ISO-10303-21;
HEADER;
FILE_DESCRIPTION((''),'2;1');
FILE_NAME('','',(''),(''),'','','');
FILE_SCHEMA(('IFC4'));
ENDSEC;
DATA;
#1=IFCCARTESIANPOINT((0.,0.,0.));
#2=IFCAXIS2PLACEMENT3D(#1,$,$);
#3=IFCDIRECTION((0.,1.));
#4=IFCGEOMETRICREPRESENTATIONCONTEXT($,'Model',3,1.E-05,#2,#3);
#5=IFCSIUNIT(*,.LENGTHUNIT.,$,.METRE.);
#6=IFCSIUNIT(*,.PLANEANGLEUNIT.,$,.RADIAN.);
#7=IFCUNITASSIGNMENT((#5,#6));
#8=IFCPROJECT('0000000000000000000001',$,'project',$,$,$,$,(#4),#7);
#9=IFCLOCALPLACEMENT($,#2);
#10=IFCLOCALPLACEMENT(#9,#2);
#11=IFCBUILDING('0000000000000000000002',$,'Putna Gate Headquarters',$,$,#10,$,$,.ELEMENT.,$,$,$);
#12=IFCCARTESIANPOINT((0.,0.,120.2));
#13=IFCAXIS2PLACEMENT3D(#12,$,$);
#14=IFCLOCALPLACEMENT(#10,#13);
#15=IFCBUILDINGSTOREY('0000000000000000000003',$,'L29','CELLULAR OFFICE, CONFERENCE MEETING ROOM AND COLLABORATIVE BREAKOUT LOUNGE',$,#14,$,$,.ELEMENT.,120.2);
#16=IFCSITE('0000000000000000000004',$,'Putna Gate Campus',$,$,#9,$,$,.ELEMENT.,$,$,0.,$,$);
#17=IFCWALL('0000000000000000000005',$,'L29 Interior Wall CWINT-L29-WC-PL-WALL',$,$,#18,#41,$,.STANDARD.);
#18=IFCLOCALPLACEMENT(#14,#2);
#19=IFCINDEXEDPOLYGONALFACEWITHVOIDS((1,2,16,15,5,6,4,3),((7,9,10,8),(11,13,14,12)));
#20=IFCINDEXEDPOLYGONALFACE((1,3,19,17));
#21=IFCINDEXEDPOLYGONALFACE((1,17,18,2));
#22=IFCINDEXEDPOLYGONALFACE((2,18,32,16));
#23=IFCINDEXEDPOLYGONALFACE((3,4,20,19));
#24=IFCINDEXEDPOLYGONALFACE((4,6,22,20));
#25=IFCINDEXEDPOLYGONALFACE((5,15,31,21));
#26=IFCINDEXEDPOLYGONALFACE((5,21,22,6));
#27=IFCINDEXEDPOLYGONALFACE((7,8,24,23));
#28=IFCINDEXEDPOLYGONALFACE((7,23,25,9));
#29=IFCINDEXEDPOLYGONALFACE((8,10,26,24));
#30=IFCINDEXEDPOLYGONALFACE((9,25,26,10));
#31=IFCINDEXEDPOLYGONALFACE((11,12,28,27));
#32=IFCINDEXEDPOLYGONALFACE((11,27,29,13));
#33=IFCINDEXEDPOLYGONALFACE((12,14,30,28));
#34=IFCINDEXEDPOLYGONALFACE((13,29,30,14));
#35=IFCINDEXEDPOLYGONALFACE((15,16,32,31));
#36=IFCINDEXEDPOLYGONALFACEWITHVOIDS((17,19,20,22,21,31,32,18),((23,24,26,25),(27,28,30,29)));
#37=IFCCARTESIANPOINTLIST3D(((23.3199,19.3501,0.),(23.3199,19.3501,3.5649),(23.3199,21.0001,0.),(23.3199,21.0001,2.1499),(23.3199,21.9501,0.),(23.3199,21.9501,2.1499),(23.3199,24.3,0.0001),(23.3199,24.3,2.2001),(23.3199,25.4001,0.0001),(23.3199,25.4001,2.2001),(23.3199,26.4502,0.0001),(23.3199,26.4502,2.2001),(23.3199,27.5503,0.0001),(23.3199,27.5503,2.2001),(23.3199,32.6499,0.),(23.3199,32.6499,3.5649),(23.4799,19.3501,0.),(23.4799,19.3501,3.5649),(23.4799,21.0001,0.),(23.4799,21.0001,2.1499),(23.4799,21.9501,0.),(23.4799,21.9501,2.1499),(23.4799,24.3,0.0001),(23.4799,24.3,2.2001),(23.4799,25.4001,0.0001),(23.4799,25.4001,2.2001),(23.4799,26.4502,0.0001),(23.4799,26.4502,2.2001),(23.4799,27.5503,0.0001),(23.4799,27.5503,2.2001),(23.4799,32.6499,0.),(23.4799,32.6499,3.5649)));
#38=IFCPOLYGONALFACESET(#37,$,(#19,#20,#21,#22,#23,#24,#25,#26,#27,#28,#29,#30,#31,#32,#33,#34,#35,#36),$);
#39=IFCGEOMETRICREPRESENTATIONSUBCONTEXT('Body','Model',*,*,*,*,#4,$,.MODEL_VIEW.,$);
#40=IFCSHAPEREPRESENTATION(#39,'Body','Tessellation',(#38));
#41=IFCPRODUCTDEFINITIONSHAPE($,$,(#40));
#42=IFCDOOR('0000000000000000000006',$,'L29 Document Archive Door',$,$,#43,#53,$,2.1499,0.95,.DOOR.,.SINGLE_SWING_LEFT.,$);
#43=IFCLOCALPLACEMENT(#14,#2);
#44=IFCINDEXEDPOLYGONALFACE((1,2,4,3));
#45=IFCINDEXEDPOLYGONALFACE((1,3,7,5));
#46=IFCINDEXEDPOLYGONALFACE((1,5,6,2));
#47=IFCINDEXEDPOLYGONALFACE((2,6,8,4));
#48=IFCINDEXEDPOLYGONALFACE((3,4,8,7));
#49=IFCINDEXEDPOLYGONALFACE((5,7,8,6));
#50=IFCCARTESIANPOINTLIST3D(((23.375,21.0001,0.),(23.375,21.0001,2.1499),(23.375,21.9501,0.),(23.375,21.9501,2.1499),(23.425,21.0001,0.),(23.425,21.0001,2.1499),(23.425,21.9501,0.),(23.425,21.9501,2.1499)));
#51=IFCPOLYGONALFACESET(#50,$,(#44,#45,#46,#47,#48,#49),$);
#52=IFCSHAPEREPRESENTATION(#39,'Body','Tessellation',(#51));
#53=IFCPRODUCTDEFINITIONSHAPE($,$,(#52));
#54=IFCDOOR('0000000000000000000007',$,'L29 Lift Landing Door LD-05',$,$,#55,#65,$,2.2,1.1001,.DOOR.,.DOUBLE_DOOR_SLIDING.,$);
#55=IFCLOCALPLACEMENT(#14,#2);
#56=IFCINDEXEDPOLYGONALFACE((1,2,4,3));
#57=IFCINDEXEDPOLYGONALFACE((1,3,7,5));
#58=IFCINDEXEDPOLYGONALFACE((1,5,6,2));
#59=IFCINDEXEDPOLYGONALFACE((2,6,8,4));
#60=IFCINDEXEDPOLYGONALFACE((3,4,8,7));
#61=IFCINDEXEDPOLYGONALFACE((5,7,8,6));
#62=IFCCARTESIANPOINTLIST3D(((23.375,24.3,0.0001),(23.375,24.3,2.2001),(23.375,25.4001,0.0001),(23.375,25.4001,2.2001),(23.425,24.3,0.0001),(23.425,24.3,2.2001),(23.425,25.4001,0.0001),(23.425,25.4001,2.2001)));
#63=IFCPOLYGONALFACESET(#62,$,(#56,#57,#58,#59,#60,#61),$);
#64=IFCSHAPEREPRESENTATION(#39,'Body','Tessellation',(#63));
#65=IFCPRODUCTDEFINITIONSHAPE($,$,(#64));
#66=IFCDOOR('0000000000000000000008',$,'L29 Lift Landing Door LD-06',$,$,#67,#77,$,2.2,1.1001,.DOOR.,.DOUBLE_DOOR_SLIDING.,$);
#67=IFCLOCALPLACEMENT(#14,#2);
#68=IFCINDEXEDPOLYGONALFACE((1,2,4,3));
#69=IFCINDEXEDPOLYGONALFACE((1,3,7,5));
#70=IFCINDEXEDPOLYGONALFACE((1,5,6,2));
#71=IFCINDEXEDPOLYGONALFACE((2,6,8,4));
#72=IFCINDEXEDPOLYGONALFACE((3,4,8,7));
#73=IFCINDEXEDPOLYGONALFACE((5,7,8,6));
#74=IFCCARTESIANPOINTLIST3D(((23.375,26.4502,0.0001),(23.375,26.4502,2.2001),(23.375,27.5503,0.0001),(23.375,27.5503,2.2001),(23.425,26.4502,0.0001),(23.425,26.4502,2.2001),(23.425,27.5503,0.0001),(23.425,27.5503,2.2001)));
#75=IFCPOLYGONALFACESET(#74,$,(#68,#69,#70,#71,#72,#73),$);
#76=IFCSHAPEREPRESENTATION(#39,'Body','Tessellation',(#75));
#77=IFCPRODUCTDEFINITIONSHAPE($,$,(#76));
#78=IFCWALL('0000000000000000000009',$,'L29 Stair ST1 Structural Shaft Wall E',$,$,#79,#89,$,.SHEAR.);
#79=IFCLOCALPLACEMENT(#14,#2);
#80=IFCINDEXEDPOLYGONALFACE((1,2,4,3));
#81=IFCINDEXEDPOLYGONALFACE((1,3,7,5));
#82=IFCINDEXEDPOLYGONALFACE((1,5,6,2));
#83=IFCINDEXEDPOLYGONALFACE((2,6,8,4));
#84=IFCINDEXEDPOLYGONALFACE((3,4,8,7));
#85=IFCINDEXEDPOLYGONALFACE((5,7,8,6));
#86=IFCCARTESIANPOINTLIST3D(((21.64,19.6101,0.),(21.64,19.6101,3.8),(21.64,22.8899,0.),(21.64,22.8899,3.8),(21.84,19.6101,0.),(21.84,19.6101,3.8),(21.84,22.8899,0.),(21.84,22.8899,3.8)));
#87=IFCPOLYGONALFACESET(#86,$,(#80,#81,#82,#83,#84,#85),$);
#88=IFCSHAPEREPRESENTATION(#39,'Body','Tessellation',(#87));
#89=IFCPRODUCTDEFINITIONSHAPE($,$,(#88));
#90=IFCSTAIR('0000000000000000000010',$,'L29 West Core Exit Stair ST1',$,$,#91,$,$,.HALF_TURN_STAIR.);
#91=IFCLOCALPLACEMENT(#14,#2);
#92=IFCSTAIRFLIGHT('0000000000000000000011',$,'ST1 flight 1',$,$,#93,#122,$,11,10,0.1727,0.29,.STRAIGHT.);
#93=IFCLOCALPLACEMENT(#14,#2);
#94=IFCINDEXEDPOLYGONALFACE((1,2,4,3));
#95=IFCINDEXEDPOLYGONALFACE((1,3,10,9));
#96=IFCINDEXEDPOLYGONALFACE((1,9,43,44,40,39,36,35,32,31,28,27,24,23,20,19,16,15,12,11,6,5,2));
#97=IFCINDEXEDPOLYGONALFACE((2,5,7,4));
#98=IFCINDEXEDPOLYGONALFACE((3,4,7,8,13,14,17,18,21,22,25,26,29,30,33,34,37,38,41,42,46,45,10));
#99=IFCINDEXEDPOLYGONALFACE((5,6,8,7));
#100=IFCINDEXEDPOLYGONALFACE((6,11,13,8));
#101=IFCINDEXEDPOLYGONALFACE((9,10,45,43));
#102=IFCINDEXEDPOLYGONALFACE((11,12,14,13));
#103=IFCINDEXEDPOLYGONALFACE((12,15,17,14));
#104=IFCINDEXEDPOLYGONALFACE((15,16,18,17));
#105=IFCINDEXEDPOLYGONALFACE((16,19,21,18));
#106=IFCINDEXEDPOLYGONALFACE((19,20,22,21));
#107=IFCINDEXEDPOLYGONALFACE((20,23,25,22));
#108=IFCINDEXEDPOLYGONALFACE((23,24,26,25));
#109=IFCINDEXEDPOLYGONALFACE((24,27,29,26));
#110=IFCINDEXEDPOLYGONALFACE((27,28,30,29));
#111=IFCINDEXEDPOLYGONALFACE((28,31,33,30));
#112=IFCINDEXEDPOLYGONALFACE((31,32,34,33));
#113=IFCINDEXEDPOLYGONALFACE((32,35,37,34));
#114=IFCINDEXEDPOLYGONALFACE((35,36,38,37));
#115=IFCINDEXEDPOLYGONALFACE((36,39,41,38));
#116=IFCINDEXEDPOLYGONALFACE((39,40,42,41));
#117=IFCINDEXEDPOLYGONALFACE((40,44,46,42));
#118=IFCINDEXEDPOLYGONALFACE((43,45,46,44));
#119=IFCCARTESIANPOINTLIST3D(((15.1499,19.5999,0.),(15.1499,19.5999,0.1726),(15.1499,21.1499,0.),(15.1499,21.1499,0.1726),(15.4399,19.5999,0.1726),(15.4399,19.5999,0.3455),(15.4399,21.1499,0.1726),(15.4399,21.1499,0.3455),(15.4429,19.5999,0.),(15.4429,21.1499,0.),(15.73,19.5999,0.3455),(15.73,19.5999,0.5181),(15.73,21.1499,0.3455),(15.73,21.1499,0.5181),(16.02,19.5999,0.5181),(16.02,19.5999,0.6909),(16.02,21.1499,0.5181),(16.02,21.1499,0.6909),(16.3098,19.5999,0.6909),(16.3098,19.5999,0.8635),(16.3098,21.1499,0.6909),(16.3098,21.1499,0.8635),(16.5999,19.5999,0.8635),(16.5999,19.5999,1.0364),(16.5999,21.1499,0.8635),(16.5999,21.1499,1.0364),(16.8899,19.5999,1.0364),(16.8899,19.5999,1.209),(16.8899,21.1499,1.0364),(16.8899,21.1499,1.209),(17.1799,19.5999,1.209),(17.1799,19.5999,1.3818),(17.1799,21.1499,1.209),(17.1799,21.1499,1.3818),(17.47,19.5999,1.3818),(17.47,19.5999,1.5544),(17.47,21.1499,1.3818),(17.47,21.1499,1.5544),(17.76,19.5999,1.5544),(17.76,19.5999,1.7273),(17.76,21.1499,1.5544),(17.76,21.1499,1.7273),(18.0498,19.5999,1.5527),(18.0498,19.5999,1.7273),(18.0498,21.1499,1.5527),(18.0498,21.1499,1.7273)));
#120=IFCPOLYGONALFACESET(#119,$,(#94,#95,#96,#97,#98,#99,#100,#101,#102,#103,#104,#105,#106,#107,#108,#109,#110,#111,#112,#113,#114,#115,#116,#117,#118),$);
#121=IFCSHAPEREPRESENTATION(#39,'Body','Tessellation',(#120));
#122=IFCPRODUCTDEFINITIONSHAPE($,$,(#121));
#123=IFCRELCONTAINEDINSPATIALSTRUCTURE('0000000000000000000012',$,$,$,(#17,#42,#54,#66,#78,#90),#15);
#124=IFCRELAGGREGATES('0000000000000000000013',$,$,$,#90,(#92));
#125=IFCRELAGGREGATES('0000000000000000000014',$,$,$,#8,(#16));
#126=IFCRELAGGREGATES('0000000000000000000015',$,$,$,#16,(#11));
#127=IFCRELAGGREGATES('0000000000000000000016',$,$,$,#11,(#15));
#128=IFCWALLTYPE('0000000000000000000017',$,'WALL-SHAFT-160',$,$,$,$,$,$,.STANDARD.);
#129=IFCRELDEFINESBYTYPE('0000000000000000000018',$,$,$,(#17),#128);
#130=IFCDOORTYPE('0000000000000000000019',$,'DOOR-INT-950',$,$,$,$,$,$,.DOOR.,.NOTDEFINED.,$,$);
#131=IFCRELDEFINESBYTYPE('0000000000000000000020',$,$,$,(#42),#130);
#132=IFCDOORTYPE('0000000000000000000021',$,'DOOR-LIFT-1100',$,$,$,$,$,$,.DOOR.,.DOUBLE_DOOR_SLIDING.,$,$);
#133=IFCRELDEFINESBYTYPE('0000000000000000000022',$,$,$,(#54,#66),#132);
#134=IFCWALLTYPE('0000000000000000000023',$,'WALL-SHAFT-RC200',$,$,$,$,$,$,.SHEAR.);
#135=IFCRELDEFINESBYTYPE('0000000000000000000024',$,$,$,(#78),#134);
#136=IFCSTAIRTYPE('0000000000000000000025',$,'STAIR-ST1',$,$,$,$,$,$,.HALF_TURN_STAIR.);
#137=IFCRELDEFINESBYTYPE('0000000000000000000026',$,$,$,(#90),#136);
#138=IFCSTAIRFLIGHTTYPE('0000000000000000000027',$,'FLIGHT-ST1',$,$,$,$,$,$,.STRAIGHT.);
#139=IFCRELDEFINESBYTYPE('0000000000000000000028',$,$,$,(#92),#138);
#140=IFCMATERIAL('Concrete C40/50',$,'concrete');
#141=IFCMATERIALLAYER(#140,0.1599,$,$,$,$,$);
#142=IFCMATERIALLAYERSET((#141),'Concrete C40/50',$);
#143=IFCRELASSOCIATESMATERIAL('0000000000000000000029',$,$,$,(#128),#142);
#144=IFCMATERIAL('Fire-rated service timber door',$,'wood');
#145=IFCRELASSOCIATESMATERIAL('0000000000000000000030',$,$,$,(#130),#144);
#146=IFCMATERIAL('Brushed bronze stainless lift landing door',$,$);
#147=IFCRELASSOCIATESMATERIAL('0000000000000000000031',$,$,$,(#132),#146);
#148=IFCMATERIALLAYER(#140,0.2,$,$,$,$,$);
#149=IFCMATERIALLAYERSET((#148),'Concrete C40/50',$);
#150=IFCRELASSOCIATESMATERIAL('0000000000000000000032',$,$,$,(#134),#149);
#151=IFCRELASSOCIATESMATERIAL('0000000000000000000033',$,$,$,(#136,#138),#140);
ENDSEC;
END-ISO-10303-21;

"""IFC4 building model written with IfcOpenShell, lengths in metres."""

from ifc_helpers import new_model, si_unit, direction, frame, frame_2d, origin, place, context, subcontext, project, spatial, polyline, rectangle, outline, extrude, material, layer, layer_set, type_object, element, fill, aggregate, save


model = new_model("IFC4")

# Units and contexts
model_context = context("Model", 3, precision=1e-05, world=origin(), true_north=direction((0.0, 1.0)))
body_context = subcontext(model_context, "Body", "Model", "MODEL_VIEW")
ifc_project = project(units=[si_unit("LENGTHUNIT", "METRE"), si_unit("PLANEANGLEUNIT", "RADIAN")], contexts=[model_context])

# Site, building, storey
site_placement = place(None, origin())
site = spatial("IfcSite", under=ifc_project, at=site_placement, Name="Putna Gate Campus", CompositionType="ELEMENT", RefElevation=0.0)
building_placement = place(site_placement, origin())
building = spatial("IfcBuilding", under=site, at=building_placement, Name="Putna Gate Headquarters", CompositionType="ELEMENT")
storey_placement = place(building_placement, frame((0.0, 0.0, 120.2)))
storey = spatial("IfcBuildingStorey", under=building, at=storey_placement, Name="L29", Description="CELLULAR OFFICE, CONFERENCE MEETING ROOM AND COLLABORATIVE BREAKOUT LOUNGE", CompositionType="ELEMENT", Elevation=120.2)

# Wall, openings, doors
ifc_material_1 = material(Name="Concrete C40/50", Category="concrete")
ifc_layer_1 = layer(ifc_material_1, 0.1599)
ifc_layer_set_1 = layer_set([ifc_layer_1], Name="Concrete C40/50")
wall_type_1 = type_object("IfcWallType", Name="WALL-SHAFT-160", PredefinedType="STANDARD", material=ifc_layer_set_1)
wall_1_placement = place(storey_placement, frame((23.3999, 19.3501, 0.0), z_axis=(0.0, 0.0, 1.0), x_axis=(0.0, 1.0, 0.0)))
wall_1 = element("IfcWall", 1, at=wall_1_placement, inside=storey, type_object=wall_type_1, Name="L29 Interior Wall CWINT-L29-WC-PL-WALL", PredefinedType="STANDARD", context=body_context, shape_type="SweptSolid", body=[
    extrude(rectangle(XDim=13.2998, YDim=0.1599, at=frame_2d((6.6499, 0.0))), origin(), (0.0, 0.0, 1.0), 3.5649),
])
opening_1_placement = place(wall_1_placement, frame((1.6499, 0.0, 0.0)))
opening_1 = element("IfcOpeningElement", 2, at=opening_1_placement, cuts=wall_1, PredefinedType="OPENING", context=body_context, shape_type="SweptSolid", body=[
    extrude(rectangle(XDim=0.95, YDim=2.1499, at=frame_2d((0.4751, 1.075))), frame((0.0, 0.0898, 0.0), z_axis=(0.0, -1.0, 0.0), x_axis=(1.0, 0.0, 0.0)), (0.0, 0.0, 1.0), 0.1799),
])
opening_2_placement = place(wall_1_placement, frame((4.95, 0.0, 0.0)))
opening_2 = element("IfcOpeningElement", 3, at=opening_2_placement, cuts=wall_1, PredefinedType="OPENING", context=body_context, shape_type="SweptSolid", body=[
    extrude(rectangle(XDim=1.1001, YDim=2.2, at=frame_2d((0.55, 1.1001))), frame((0.0, 0.0898, 0.0), z_axis=(0.0, -1.0, 0.0), x_axis=(1.0, 0.0, 0.0)), (0.0, 0.0, 1.0), 0.1799),
])
opening_3_placement = place(wall_1_placement, frame((7.1001, 0.0, 0.0)))
opening_3 = element("IfcOpeningElement", 4, at=opening_3_placement, cuts=wall_1, PredefinedType="OPENING", context=body_context, shape_type="SweptSolid", body=[
    extrude(rectangle(XDim=1.1001, YDim=2.2, at=frame_2d((0.55, 1.1001))), frame((0.0, 0.0898, 0.0), z_axis=(0.0, -1.0, 0.0), x_axis=(1.0, 0.0, 0.0)), (0.0, 0.0, 1.0), 0.1799),
])
ifc_material_2 = material(Name="Fire-rated service timber door", Category="wood")
door_type_1 = type_object("IfcDoorType", Name="DOOR-INT-950", OperationType="NOTDEFINED", PredefinedType="DOOR", material=ifc_material_2)
door_1_placement = place(opening_1_placement, origin())
door_1 = element("IfcDoor", 5, at=door_1_placement, inside=storey, type_object=door_type_1, Name="L29 Document Archive Door", OperationType="SINGLE_SWING_LEFT", OverallHeight=2.1499, OverallWidth=0.95, PredefinedType="DOOR", context=body_context, shape_type="SweptSolid", body=[
    extrude(rectangle(XDim=0.95, YDim=2.1499, at=frame_2d((0.4751, 1.075))), frame((0.0, 0.0249, 0.0), z_axis=(0.0, -1.0, 0.0), x_axis=(1.0, 0.0, 0.0)), (0.0, 0.0, 1.0), 0.05),
])
fill(opening_1, door_1)
ifc_material_3 = material(Name="Brushed bronze stainless lift landing door")
door_type_2 = type_object("IfcDoorType", Name="DOOR-LIFT-1100", OperationType="DOUBLE_DOOR_SLIDING", PredefinedType="DOOR", material=ifc_material_3)
door_2_placement = place(opening_2_placement, origin())
door_2 = element("IfcDoor", 6, at=door_2_placement, inside=storey, type_object=door_type_2, Name="L29 Lift Landing Door LD-05", OperationType="DOUBLE_DOOR_SLIDING", OverallHeight=2.2, OverallWidth=1.1001, PredefinedType="DOOR", context=body_context, shape_type="SweptSolid", body=[
    extrude(rectangle(XDim=1.1001, YDim=2.2, at=frame_2d((0.55, 1.1001))), frame((0.0, 0.0249, 0.0), z_axis=(0.0, -1.0, 0.0), x_axis=(1.0, 0.0, 0.0)), (0.0, 0.0, 1.0), 0.05),
])
fill(opening_2, door_2)
door_3_placement = place(opening_3_placement, origin())
door_3 = element("IfcDoor", 7, at=door_3_placement, inside=storey, type_object=door_type_2, Name="L29 Lift Landing Door LD-06", OperationType="DOUBLE_DOOR_SLIDING", OverallHeight=2.2, OverallWidth=1.1001, PredefinedType="DOOR", context=body_context, shape_type="SweptSolid", body=[
    extrude(rectangle(XDim=1.1001, YDim=2.2, at=frame_2d((0.55, 1.1001))), frame((0.0, 0.0249, 0.0), z_axis=(0.0, -1.0, 0.0), x_axis=(1.0, 0.0, 0.0)), (0.0, 0.0, 1.0), 0.05),
])
fill(opening_3, door_3)

# Wall
ifc_layer_2 = layer(ifc_material_1, 0.2)
ifc_layer_set_2 = layer_set([ifc_layer_2], Name="Concrete C40/50")
wall_type_2 = type_object("IfcWallType", Name="WALL-SHAFT-RC200", PredefinedType="SHEAR", material=ifc_layer_set_2)
wall_2_placement = place(storey_placement, frame((21.74, 19.6101, 0.0), z_axis=(0.0, 0.0, 1.0), x_axis=(0.0, 1.0, 0.0)))
element("IfcWall", 8, at=wall_2_placement, inside=storey, type_object=wall_type_2, Name="L29 Stair ST1 Structural Shaft Wall E", PredefinedType="SHEAR", context=body_context, shape_type="SweptSolid", body=[
    extrude(rectangle(XDim=3.2798, YDim=0.2, at=frame_2d((1.6399, 0.0))), origin(), (0.0, 0.0, 1.0), 3.8),
])

# Stair, stair flight
stair_type = type_object("IfcStairType", Name="STAIR-ST1", PredefinedType="HALF_TURN_STAIR", material=ifc_material_1)
stair_placement = place(storey_placement, origin())
stair = element("IfcStair", 9, at=stair_placement, inside=storey, type_object=stair_type, Name="L29 West Core Exit Stair ST1", PredefinedType="HALF_TURN_STAIR")
stair_flight_type = type_object("IfcStairFlightType", Name="FLIGHT-ST1", PredefinedType="STRAIGHT", material=ifc_material_1)
stair_flight_placement = place(storey_placement, frame((15.1499, 20.375, 0.0), z_axis=(0.0, 0.0, 1.0), x_axis=(1.0, 0.0, 0.0)))
stair_flight = element("IfcStairFlight", 10, at=stair_flight_placement, type_object=stair_flight_type, Name="ST1 flight 1", NumberOfRisers=11, NumberOfTreads=10, PredefinedType="STRAIGHT", RiserHeight=0.1727, TreadLength=0.29, context=body_context, shape_type="SweptSolid", body=[
    extrude(outline(polyline([(0.0, 0.0), (0.0, 0.1726), (0.29, 0.1726), (0.29, 0.3455), (0.5801, 0.3455), (0.5801, 0.5181), (0.8701, 0.5181), (0.8701, 0.6909), (1.1599, 0.6909), (1.1599, 0.8635), (1.45, 0.8635), (1.45, 1.0364), (1.74, 1.0364), (1.74, 1.209), (2.03, 1.209), (2.03, 1.3818), (2.3201, 1.3818), (2.3201, 1.5544), (2.6101, 1.5544), (2.6101, 1.7273), (2.8999, 1.7273), (2.8999, 1.8999), (2.8999, 1.5527), (0.293, 0.0), (0.0, 0.0)])), frame((0.0, 0.7749, 0.0), z_axis=(0.0, -1.0, 0.0), x_axis=(1.0, 0.0, 0.0)), (0.0, 0.0, 1.0), 1.55),
])
aggregate(stair, [stair_flight])

save(model, "model.ifc")
